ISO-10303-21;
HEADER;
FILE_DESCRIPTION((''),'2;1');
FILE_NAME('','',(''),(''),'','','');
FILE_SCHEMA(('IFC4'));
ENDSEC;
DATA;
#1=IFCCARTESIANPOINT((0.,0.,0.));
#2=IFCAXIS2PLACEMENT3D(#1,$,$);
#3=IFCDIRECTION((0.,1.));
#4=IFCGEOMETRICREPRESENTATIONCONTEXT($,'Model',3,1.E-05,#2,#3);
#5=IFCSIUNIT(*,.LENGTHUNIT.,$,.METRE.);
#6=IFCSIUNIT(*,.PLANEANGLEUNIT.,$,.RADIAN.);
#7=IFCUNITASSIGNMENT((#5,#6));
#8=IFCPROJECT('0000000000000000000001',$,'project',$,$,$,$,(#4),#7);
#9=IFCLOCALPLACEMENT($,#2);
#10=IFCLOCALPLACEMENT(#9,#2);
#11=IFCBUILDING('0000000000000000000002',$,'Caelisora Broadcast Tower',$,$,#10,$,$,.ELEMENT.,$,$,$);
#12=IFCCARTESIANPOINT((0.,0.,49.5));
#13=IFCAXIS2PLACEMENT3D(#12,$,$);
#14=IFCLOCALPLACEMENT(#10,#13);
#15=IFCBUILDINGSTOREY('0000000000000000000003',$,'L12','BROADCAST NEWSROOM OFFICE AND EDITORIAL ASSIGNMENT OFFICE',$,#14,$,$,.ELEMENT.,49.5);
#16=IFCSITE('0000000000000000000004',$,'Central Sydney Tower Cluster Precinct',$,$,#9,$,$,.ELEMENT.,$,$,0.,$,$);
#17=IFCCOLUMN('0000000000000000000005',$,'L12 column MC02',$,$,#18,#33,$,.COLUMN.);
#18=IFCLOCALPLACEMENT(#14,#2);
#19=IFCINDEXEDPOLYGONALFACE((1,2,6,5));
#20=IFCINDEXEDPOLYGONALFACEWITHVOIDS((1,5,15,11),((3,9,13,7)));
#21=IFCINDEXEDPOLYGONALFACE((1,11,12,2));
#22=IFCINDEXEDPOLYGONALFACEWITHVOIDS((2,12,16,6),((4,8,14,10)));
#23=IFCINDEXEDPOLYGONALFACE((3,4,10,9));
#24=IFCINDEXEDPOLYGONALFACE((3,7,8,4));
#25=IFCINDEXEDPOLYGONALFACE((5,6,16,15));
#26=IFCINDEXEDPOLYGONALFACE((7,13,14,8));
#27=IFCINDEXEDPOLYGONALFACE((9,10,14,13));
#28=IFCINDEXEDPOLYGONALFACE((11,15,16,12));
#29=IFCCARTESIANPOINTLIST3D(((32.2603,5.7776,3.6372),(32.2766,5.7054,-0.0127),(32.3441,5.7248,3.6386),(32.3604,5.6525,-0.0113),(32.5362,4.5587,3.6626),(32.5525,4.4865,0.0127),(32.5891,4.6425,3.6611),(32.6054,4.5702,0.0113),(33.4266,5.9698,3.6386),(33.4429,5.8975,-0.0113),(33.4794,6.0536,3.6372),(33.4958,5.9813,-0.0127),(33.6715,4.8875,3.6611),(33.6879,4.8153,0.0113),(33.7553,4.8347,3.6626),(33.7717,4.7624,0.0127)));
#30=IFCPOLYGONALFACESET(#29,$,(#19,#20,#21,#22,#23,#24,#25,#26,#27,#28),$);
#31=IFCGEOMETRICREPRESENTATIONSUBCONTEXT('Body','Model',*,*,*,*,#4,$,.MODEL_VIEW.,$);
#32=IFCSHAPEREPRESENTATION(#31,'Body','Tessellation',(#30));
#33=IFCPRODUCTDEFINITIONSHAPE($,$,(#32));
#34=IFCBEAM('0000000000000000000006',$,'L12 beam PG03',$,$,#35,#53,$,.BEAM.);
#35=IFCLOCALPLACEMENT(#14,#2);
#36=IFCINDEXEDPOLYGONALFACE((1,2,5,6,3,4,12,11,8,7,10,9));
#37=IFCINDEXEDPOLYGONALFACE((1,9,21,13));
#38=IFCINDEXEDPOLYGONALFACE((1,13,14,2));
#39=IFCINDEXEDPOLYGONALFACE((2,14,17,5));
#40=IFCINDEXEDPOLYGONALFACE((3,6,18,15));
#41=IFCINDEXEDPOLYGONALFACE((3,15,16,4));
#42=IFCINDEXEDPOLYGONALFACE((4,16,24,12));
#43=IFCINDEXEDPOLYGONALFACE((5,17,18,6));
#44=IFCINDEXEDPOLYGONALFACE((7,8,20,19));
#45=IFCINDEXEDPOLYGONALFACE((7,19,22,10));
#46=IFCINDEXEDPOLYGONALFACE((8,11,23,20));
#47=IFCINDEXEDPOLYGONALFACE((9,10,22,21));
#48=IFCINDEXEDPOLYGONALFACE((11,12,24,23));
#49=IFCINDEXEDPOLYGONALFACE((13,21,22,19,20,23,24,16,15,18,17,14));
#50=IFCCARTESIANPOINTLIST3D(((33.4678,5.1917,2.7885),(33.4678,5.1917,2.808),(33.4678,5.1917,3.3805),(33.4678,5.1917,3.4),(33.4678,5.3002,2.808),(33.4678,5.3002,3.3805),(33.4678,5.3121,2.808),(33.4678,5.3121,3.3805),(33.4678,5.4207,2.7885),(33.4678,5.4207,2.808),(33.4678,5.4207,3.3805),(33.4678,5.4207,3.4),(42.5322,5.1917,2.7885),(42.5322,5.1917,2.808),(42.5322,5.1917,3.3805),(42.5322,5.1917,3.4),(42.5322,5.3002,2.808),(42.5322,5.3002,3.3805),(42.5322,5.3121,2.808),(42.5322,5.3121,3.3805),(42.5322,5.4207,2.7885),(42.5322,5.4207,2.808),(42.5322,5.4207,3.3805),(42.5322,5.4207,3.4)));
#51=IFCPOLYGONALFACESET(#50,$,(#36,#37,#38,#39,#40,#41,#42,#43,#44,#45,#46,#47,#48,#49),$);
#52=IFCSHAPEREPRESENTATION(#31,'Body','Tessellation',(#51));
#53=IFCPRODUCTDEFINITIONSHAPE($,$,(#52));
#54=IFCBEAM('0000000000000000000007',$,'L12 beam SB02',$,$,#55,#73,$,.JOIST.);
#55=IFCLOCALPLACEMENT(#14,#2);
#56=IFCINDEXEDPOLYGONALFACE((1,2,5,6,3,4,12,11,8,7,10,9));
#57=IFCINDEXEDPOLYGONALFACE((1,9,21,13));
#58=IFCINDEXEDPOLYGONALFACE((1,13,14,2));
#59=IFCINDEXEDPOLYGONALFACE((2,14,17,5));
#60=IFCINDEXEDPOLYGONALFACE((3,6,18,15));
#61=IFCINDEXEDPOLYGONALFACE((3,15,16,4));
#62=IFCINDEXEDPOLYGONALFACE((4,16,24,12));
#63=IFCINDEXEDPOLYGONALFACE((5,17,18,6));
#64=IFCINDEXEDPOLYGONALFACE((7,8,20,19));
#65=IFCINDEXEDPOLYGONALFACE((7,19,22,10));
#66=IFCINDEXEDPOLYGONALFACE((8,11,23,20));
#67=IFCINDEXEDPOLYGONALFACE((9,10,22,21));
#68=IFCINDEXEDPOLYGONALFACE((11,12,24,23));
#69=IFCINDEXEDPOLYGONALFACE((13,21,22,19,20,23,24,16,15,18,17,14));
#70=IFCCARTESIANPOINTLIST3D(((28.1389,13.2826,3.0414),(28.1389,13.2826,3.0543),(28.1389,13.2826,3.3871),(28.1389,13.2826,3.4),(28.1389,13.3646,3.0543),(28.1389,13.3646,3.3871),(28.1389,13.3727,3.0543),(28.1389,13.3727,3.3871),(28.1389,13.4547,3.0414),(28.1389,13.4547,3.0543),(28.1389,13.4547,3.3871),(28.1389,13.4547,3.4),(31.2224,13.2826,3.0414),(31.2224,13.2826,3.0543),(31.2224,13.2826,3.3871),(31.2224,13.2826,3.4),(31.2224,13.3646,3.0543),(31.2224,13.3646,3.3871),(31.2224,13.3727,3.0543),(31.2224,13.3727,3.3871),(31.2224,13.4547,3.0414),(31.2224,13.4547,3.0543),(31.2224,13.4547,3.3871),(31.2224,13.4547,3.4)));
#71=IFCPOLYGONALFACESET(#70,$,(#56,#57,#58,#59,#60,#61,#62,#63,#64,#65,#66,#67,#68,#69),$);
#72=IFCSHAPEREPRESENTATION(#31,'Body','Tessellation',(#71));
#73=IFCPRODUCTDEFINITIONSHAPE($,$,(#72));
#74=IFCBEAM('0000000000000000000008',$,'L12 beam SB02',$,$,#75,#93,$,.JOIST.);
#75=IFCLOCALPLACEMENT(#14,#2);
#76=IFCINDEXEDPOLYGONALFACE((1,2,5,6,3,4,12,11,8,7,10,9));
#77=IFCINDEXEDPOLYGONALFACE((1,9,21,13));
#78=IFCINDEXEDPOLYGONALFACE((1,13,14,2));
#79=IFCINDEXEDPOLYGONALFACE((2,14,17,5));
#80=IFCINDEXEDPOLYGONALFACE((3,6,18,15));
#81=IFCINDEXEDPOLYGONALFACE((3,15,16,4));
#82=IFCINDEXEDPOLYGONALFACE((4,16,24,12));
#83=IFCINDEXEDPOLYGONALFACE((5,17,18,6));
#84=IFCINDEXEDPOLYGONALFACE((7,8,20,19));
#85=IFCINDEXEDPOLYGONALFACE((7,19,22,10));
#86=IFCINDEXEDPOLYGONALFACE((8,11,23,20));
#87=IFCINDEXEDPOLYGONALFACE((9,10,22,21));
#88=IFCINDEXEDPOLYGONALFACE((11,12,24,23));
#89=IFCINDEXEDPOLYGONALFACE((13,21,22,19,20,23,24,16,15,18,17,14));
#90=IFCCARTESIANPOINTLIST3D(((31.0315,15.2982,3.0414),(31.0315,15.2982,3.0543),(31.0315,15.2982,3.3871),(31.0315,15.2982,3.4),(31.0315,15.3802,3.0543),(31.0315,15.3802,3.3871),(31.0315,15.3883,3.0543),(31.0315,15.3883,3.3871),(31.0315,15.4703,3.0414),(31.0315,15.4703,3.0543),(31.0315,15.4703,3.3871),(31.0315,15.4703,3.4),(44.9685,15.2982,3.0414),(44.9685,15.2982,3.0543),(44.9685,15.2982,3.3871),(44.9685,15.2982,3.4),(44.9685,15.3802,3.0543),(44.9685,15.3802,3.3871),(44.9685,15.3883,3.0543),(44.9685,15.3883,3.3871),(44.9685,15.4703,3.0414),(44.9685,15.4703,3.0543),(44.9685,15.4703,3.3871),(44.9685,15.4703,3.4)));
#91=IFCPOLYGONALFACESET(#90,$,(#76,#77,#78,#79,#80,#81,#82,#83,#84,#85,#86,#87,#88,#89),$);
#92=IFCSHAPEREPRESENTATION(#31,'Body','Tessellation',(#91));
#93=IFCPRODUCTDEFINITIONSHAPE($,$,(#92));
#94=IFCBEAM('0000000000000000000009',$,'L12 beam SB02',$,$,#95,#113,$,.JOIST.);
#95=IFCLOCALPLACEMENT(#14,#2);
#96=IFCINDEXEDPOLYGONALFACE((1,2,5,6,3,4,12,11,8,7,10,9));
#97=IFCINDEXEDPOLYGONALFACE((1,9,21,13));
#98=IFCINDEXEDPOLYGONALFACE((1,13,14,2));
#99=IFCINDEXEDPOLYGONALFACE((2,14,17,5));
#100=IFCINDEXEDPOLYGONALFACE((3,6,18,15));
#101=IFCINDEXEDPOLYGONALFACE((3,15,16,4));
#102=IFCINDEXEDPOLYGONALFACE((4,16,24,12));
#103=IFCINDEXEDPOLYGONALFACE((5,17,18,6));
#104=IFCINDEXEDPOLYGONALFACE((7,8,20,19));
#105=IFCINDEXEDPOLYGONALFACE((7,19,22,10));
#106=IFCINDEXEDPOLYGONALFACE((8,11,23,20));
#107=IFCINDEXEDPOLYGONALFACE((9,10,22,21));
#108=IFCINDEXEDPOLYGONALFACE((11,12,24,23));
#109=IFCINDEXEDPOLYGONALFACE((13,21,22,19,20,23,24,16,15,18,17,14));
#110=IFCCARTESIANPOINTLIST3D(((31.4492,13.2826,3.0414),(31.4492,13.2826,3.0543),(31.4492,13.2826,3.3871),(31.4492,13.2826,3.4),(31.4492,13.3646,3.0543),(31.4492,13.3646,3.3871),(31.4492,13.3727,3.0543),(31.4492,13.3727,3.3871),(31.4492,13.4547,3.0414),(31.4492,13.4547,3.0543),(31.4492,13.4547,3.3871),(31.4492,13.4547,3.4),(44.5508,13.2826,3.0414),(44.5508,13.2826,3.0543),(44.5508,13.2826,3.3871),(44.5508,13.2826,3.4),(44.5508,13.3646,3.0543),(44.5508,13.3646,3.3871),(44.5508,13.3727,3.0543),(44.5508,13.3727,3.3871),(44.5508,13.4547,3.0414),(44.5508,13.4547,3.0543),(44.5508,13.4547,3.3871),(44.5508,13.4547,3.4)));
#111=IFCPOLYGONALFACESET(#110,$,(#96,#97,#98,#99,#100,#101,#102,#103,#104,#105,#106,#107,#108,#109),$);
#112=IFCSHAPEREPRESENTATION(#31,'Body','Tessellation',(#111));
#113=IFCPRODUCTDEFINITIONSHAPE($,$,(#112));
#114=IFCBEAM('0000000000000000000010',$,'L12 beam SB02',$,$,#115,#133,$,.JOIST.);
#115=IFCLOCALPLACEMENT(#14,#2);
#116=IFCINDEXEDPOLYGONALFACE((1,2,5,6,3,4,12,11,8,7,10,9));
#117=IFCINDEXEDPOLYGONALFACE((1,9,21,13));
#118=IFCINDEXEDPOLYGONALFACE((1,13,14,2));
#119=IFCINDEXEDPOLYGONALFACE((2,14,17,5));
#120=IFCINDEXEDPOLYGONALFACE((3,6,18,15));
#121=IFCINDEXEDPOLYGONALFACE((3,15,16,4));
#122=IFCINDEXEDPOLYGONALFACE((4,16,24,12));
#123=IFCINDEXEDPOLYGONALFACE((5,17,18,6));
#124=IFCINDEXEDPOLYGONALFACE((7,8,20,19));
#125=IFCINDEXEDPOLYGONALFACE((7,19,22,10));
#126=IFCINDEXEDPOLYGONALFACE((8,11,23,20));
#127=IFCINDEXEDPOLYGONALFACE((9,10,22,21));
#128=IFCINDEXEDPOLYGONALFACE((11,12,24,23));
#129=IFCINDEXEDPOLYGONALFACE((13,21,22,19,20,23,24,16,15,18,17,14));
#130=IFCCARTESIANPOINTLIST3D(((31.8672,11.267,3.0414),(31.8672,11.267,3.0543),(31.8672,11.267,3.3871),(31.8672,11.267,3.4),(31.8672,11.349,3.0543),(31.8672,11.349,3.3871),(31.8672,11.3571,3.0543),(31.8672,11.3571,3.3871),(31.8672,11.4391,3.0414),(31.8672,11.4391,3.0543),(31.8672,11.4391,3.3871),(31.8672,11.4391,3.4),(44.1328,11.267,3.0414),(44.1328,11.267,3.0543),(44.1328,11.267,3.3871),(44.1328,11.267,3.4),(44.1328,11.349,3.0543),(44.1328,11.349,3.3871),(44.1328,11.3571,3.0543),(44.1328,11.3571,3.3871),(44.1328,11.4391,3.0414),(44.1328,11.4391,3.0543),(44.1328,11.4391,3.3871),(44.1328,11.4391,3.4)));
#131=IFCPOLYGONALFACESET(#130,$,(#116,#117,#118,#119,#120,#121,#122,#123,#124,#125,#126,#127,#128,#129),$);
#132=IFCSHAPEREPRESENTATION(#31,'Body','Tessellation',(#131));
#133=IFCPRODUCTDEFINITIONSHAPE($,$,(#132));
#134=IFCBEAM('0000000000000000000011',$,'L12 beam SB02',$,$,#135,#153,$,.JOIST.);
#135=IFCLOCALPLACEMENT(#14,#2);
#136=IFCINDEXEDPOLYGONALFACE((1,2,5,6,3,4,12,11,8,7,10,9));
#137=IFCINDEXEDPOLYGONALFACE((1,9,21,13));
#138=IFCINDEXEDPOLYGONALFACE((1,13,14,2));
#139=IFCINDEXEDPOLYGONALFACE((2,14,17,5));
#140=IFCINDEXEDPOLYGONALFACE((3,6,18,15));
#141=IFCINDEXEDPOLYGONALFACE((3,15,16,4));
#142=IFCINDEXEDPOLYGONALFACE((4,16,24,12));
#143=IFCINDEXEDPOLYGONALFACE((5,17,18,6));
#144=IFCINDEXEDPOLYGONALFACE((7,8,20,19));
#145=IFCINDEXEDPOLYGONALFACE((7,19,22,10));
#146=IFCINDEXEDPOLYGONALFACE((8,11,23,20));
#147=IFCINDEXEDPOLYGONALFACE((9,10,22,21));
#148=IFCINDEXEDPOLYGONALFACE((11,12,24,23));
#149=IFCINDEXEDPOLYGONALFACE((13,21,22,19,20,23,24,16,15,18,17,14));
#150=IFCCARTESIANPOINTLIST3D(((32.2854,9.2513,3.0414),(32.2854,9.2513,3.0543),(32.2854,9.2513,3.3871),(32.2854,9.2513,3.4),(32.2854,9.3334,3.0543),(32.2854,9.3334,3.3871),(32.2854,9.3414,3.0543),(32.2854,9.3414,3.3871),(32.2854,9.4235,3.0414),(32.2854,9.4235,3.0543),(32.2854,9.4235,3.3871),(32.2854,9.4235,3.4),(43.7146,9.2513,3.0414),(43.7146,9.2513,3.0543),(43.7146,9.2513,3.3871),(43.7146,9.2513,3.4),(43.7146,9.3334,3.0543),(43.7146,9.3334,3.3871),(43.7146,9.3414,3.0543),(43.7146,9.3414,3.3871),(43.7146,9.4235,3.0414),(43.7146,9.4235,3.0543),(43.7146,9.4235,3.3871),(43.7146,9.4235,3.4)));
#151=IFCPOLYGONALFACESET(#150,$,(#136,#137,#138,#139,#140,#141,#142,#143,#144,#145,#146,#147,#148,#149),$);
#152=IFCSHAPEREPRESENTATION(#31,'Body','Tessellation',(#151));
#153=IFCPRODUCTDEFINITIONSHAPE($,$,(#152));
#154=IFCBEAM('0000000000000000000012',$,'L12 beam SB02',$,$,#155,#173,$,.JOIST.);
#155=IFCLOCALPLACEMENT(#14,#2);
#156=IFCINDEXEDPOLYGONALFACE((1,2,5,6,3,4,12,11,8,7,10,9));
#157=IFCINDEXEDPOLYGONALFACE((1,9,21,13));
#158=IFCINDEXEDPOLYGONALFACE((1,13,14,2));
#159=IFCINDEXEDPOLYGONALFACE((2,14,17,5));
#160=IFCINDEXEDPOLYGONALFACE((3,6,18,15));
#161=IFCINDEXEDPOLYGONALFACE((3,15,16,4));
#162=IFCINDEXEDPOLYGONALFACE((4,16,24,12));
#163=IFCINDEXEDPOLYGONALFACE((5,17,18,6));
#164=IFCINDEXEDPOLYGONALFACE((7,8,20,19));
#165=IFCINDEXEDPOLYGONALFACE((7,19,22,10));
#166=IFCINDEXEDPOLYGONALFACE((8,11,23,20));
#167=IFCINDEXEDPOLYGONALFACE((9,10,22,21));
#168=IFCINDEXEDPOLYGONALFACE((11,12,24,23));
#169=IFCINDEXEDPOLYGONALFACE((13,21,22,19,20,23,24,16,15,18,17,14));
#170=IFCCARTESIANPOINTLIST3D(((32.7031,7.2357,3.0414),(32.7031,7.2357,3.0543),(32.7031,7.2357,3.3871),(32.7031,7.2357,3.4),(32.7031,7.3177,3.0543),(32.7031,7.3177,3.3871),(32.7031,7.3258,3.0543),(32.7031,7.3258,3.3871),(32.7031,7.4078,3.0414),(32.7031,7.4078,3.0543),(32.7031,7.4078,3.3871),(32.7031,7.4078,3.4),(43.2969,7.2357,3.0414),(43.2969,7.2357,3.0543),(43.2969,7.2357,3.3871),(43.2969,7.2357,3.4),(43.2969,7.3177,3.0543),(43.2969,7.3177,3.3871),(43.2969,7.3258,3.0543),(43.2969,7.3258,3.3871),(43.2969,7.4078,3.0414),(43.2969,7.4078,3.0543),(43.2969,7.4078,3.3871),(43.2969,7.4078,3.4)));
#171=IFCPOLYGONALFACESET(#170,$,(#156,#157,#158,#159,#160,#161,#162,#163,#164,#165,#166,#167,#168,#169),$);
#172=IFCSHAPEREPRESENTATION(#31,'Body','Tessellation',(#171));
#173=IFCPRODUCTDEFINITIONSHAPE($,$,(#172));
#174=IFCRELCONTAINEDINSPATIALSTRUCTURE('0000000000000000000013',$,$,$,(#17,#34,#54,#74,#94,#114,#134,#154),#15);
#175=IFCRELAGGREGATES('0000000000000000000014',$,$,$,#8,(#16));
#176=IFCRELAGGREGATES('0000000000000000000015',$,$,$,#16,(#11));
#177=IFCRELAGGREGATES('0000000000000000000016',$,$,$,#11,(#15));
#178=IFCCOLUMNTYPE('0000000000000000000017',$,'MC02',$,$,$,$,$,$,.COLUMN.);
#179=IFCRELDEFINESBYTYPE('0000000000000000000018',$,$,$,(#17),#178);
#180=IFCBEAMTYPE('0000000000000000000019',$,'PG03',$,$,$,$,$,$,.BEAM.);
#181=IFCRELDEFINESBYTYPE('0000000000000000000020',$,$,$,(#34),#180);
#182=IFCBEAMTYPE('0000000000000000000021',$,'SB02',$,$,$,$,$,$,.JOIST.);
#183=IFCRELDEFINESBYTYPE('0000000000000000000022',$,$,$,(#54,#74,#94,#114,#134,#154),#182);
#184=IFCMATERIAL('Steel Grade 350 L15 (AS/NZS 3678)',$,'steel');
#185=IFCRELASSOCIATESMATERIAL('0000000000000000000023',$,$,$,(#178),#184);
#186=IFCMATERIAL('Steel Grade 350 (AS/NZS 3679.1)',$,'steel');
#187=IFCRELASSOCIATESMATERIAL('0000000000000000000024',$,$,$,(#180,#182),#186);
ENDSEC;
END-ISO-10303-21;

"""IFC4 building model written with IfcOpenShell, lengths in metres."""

from ifc_helpers import new_model, si_unit, direction, frame, origin, origin_2d, place, context, subcontext, project, spatial, hollow_rectangle, i_section, extrude, source, transform, mapped, material, material_profile, profile_set, type_object, type_shapes, element, save


model = new_model("IFC4")

# Units and contexts
model_context = context("Model", 3, precision=1e-05, world=origin(), true_north=direction((0.0, 1.0)))
body_context = subcontext(model_context, "Body", "Model", "MODEL_VIEW")
ifc_project = project(units=[si_unit("LENGTHUNIT", "METRE"), si_unit("PLANEANGLEUNIT", "RADIAN")], contexts=[model_context])

# Site, building, storey
site_placement = place(None, origin())
site = spatial("IfcSite", under=ifc_project, at=site_placement, Name="Central Sydney Tower Cluster Precinct", CompositionType="ELEMENT", RefElevation=0.0)
building_placement = place(site_placement, origin())
building = spatial("IfcBuilding", under=site, at=building_placement, Name="Caelisora Broadcast Tower", CompositionType="ELEMENT")
storey_placement = place(building_placement, frame((0.0, 0.0, 49.5)))
storey = spatial("IfcBuildingStorey", under=building, at=storey_placement, Name="L12", Description="BROADCAST NEWSROOM OFFICE AND EDITORIAL ASSIGNMENT OFFICE", CompositionType="ELEMENT", Elevation=49.5)

# Column
ifc_material_1 = material(Name="Steel Grade 350 L15 (AS/NZS 3678)", Category="steel")
ifc_material_profile_1 = material_profile(ifc_material_1, hollow_rectangle(XDim=1.25, YDim=1.25, WallThickness=0.0701, at=origin_2d()), Name="Steel Grade 350 L15 (AS/NZS 3678)")
ifc_profile_set_1 = profile_set([ifc_material_profile_1], Name="Steel Grade 350 L15 (AS/NZS 3678)")
column_type = type_object("IfcColumnType", Name="MC02", PredefinedType="COLUMN", material=ifc_profile_set_1)
shared_shape_1 = source(origin(), body_context, "Body", "SweptSolid", [
    extrude(hollow_rectangle(XDim=1.25, YDim=1.25, WallThickness=0.0701, at=origin_2d()), origin(), (0.0, 0.0, 1.0), 3.6506),
])
type_shapes(column_type, [shared_shape_1])
column_placement = place(storey_placement, frame((33.0242, 5.2339, 0.0), z_axis=(-0.004481, 0.019795, 0.999794), x_axis=(-0.975327, -0.220767, 0.0)))
element("IfcColumn", 1, at=column_placement, inside=storey, type_object=column_type, Name="L12 column MC02", PredefinedType="COLUMN", context=body_context, shape_type="MappedRepresentation", body=[
    mapped(shared_shape_1, transform((0.0, 0.0, 0.0), scale=1.0)),
])

# Beams
ifc_material_2 = material(Name="Steel Grade 350 (AS/NZS 3679.1)", Category="steel")
ifc_material_profile_2 = material_profile(ifc_material_2, i_section(OverallWidth=0.229, OverallDepth=0.6116, WebThickness=0.012, FlangeThickness=0.0195, at=origin_2d()), Name="Steel Grade 350 (AS/NZS 3679.1)")
ifc_profile_set_2 = profile_set([ifc_material_profile_2], Name="Steel Grade 350 (AS/NZS 3679.1)")
beam_type_1 = type_object("IfcBeamType", Name="PG03", PredefinedType="BEAM", material=ifc_profile_set_2)
shared_shape_2 = source(origin(), body_context, "Body", "SweptSolid", [
    extrude(i_section(OverallWidth=0.229, OverallDepth=0.6116, WebThickness=0.012, FlangeThickness=0.0195, at=origin_2d()), origin(), (0.0, 0.0, 1.0), 9.0645),
])
type_shapes(beam_type_1, [shared_shape_2])
beam_1_placement = place(storey_placement, frame((33.4678, 5.3062, 3.0942), z_axis=(1.0, 0.0, 0.0), x_axis=(0.0, 1.0, 0.0)))
element("IfcBeam", 2, at=beam_1_placement, inside=storey, type_object=beam_type_1, Name="L12 beam PG03", PredefinedType="BEAM", context=body_context, shape_type="MappedRepresentation", body=[
    mapped(shared_shape_2, transform((0.0, 0.0, 0.0), scale=1.0)),
])
ifc_material_profile_3 = material_profile(ifc_material_2, i_section(OverallWidth=0.1721, OverallDepth=0.3586, WebThickness=0.0081, FlangeThickness=0.0129, at=origin_2d()), Name="Steel Grade 350 (AS/NZS 3679.1)")
ifc_profile_set_3 = profile_set([ifc_material_profile_3], Name="Steel Grade 350 (AS/NZS 3679.1)")
beam_type_2 = type_object("IfcBeamType", Name="SB02", PredefinedType="JOIST", material=ifc_profile_set_3)
shared_shape_3 = source(origin(), body_context, "Body", "SweptSolid", [
    extrude(i_section(OverallWidth=0.1721, OverallDepth=0.3586, WebThickness=0.0081, FlangeThickness=0.0129, at=origin_2d()), origin(), (0.0, 0.0, 1.0), 3.0835),
])
beam_2_placement = place(storey_placement, frame((28.1389, 13.3687, 3.2207), z_axis=(1.0, 0.0, 0.0), x_axis=(0.0, 1.0, 0.0)))
element("IfcBeam", 3, at=beam_2_placement, inside=storey, type_object=beam_type_2, Name="L12 beam SB02", PredefinedType="JOIST", context=body_context, shape_type="MappedRepresentation", body=[
    mapped(shared_shape_3, transform((0.0, 0.0, 0.0), scale=1.0)),
])
shared_shape_4 = source(origin(), body_context, "Body", "SweptSolid", [
    extrude(i_section(OverallWidth=0.1721, OverallDepth=0.3586, WebThickness=0.0081, FlangeThickness=0.0129, at=origin_2d()), origin(), (0.0, 0.0, 1.0), 13.937),
])
beam_3_placement = place(storey_placement, frame((31.0315, 15.3843, 3.2207), z_axis=(1.0, 0.0, 0.0), x_axis=(0.0, 1.0, 0.0)))
element("IfcBeam", 4, at=beam_3_placement, inside=storey, type_object=beam_type_2, Name="L12 beam SB02", PredefinedType="JOIST", context=body_context, shape_type="MappedRepresentation", body=[
    mapped(shared_shape_4, transform((0.0, 0.0, 0.0), scale=1.0)),
])
shared_shape_5 = source(origin(), body_context, "Body", "SweptSolid", [
    extrude(i_section(OverallWidth=0.1721, OverallDepth=0.3586, WebThickness=0.0081, FlangeThickness=0.0129, at=origin_2d()), origin(), (0.0, 0.0, 1.0), 13.1016),
])
beam_4_placement = place(storey_placement, frame((31.4492, 13.3687, 3.2207), z_axis=(1.0, 0.0, 0.0), x_axis=(0.0, 1.0, 0.0)))
element("IfcBeam", 5, at=beam_4_placement, inside=storey, type_object=beam_type_2, Name="L12 beam SB02", PredefinedType="JOIST", context=body_context, shape_type="MappedRepresentation", body=[
    mapped(shared_shape_5, transform((0.0, 0.0, 0.0), scale=1.0)),
])
shared_shape_6 = source(origin(), body_context, "Body", "SweptSolid", [
    extrude(i_section(OverallWidth=0.1721, OverallDepth=0.3586, WebThickness=0.0081, FlangeThickness=0.0129, at=origin_2d()), origin(), (0.0, 0.0, 1.0), 12.2656),
])
beam_5_placement = place(storey_placement, frame((31.8672, 11.353, 3.2207), z_axis=(1.0, 0.0, 0.0), x_axis=(0.0, 1.0, 0.0)))
element("IfcBeam", 6, at=beam_5_placement, inside=storey, type_object=beam_type_2, Name="L12 beam SB02", PredefinedType="JOIST", context=body_context, shape_type="MappedRepresentation", body=[
    mapped(shared_shape_6, transform((0.0, 0.0, 0.0), scale=1.0)),
])
shared_shape_7 = source(origin(), body_context, "Body", "SweptSolid", [
    extrude(i_section(OverallWidth=0.1721, OverallDepth=0.3586, WebThickness=0.0081, FlangeThickness=0.0129, at=origin_2d()), origin(), (0.0, 0.0, 1.0), 11.4292),
])
beam_6_placement = place(storey_placement, frame((32.2854, 9.3374, 3.2207), z_axis=(1.0, 0.0, 0.0), x_axis=(0.0, 1.0, 0.0)))
element("IfcBeam", 7, at=beam_6_placement, inside=storey, type_object=beam_type_2, Name="L12 beam SB02", PredefinedType="JOIST", context=body_context, shape_type="MappedRepresentation", body=[
    mapped(shared_shape_7, transform((0.0, 0.0, 0.0), scale=1.0)),
])
shared_shape_8 = source(origin(), body_context, "Body", "SweptSolid", [
    extrude(i_section(OverallWidth=0.1721, OverallDepth=0.3586, WebThickness=0.0081, FlangeThickness=0.0129, at=origin_2d()), origin(), (0.0, 0.0, 1.0), 10.5938),
])
type_shapes(beam_type_2, [shared_shape_3, shared_shape_4, shared_shape_5, shared_shape_6, shared_shape_7, shared_shape_8])
beam_7_placement = place(storey_placement, frame((32.7031, 7.3218, 3.2207), z_axis=(1.0, 0.0, 0.0), x_axis=(0.0, 1.0, 0.0)))
element("IfcBeam", 8, at=beam_7_placement, inside=storey, type_object=beam_type_2, Name="L12 beam SB02", PredefinedType="JOIST", context=body_context, shape_type="MappedRepresentation", body=[
    mapped(shared_shape_8, transform((0.0, 0.0, 0.0), scale=1.0)),
])

save(model, "model.ifc")
